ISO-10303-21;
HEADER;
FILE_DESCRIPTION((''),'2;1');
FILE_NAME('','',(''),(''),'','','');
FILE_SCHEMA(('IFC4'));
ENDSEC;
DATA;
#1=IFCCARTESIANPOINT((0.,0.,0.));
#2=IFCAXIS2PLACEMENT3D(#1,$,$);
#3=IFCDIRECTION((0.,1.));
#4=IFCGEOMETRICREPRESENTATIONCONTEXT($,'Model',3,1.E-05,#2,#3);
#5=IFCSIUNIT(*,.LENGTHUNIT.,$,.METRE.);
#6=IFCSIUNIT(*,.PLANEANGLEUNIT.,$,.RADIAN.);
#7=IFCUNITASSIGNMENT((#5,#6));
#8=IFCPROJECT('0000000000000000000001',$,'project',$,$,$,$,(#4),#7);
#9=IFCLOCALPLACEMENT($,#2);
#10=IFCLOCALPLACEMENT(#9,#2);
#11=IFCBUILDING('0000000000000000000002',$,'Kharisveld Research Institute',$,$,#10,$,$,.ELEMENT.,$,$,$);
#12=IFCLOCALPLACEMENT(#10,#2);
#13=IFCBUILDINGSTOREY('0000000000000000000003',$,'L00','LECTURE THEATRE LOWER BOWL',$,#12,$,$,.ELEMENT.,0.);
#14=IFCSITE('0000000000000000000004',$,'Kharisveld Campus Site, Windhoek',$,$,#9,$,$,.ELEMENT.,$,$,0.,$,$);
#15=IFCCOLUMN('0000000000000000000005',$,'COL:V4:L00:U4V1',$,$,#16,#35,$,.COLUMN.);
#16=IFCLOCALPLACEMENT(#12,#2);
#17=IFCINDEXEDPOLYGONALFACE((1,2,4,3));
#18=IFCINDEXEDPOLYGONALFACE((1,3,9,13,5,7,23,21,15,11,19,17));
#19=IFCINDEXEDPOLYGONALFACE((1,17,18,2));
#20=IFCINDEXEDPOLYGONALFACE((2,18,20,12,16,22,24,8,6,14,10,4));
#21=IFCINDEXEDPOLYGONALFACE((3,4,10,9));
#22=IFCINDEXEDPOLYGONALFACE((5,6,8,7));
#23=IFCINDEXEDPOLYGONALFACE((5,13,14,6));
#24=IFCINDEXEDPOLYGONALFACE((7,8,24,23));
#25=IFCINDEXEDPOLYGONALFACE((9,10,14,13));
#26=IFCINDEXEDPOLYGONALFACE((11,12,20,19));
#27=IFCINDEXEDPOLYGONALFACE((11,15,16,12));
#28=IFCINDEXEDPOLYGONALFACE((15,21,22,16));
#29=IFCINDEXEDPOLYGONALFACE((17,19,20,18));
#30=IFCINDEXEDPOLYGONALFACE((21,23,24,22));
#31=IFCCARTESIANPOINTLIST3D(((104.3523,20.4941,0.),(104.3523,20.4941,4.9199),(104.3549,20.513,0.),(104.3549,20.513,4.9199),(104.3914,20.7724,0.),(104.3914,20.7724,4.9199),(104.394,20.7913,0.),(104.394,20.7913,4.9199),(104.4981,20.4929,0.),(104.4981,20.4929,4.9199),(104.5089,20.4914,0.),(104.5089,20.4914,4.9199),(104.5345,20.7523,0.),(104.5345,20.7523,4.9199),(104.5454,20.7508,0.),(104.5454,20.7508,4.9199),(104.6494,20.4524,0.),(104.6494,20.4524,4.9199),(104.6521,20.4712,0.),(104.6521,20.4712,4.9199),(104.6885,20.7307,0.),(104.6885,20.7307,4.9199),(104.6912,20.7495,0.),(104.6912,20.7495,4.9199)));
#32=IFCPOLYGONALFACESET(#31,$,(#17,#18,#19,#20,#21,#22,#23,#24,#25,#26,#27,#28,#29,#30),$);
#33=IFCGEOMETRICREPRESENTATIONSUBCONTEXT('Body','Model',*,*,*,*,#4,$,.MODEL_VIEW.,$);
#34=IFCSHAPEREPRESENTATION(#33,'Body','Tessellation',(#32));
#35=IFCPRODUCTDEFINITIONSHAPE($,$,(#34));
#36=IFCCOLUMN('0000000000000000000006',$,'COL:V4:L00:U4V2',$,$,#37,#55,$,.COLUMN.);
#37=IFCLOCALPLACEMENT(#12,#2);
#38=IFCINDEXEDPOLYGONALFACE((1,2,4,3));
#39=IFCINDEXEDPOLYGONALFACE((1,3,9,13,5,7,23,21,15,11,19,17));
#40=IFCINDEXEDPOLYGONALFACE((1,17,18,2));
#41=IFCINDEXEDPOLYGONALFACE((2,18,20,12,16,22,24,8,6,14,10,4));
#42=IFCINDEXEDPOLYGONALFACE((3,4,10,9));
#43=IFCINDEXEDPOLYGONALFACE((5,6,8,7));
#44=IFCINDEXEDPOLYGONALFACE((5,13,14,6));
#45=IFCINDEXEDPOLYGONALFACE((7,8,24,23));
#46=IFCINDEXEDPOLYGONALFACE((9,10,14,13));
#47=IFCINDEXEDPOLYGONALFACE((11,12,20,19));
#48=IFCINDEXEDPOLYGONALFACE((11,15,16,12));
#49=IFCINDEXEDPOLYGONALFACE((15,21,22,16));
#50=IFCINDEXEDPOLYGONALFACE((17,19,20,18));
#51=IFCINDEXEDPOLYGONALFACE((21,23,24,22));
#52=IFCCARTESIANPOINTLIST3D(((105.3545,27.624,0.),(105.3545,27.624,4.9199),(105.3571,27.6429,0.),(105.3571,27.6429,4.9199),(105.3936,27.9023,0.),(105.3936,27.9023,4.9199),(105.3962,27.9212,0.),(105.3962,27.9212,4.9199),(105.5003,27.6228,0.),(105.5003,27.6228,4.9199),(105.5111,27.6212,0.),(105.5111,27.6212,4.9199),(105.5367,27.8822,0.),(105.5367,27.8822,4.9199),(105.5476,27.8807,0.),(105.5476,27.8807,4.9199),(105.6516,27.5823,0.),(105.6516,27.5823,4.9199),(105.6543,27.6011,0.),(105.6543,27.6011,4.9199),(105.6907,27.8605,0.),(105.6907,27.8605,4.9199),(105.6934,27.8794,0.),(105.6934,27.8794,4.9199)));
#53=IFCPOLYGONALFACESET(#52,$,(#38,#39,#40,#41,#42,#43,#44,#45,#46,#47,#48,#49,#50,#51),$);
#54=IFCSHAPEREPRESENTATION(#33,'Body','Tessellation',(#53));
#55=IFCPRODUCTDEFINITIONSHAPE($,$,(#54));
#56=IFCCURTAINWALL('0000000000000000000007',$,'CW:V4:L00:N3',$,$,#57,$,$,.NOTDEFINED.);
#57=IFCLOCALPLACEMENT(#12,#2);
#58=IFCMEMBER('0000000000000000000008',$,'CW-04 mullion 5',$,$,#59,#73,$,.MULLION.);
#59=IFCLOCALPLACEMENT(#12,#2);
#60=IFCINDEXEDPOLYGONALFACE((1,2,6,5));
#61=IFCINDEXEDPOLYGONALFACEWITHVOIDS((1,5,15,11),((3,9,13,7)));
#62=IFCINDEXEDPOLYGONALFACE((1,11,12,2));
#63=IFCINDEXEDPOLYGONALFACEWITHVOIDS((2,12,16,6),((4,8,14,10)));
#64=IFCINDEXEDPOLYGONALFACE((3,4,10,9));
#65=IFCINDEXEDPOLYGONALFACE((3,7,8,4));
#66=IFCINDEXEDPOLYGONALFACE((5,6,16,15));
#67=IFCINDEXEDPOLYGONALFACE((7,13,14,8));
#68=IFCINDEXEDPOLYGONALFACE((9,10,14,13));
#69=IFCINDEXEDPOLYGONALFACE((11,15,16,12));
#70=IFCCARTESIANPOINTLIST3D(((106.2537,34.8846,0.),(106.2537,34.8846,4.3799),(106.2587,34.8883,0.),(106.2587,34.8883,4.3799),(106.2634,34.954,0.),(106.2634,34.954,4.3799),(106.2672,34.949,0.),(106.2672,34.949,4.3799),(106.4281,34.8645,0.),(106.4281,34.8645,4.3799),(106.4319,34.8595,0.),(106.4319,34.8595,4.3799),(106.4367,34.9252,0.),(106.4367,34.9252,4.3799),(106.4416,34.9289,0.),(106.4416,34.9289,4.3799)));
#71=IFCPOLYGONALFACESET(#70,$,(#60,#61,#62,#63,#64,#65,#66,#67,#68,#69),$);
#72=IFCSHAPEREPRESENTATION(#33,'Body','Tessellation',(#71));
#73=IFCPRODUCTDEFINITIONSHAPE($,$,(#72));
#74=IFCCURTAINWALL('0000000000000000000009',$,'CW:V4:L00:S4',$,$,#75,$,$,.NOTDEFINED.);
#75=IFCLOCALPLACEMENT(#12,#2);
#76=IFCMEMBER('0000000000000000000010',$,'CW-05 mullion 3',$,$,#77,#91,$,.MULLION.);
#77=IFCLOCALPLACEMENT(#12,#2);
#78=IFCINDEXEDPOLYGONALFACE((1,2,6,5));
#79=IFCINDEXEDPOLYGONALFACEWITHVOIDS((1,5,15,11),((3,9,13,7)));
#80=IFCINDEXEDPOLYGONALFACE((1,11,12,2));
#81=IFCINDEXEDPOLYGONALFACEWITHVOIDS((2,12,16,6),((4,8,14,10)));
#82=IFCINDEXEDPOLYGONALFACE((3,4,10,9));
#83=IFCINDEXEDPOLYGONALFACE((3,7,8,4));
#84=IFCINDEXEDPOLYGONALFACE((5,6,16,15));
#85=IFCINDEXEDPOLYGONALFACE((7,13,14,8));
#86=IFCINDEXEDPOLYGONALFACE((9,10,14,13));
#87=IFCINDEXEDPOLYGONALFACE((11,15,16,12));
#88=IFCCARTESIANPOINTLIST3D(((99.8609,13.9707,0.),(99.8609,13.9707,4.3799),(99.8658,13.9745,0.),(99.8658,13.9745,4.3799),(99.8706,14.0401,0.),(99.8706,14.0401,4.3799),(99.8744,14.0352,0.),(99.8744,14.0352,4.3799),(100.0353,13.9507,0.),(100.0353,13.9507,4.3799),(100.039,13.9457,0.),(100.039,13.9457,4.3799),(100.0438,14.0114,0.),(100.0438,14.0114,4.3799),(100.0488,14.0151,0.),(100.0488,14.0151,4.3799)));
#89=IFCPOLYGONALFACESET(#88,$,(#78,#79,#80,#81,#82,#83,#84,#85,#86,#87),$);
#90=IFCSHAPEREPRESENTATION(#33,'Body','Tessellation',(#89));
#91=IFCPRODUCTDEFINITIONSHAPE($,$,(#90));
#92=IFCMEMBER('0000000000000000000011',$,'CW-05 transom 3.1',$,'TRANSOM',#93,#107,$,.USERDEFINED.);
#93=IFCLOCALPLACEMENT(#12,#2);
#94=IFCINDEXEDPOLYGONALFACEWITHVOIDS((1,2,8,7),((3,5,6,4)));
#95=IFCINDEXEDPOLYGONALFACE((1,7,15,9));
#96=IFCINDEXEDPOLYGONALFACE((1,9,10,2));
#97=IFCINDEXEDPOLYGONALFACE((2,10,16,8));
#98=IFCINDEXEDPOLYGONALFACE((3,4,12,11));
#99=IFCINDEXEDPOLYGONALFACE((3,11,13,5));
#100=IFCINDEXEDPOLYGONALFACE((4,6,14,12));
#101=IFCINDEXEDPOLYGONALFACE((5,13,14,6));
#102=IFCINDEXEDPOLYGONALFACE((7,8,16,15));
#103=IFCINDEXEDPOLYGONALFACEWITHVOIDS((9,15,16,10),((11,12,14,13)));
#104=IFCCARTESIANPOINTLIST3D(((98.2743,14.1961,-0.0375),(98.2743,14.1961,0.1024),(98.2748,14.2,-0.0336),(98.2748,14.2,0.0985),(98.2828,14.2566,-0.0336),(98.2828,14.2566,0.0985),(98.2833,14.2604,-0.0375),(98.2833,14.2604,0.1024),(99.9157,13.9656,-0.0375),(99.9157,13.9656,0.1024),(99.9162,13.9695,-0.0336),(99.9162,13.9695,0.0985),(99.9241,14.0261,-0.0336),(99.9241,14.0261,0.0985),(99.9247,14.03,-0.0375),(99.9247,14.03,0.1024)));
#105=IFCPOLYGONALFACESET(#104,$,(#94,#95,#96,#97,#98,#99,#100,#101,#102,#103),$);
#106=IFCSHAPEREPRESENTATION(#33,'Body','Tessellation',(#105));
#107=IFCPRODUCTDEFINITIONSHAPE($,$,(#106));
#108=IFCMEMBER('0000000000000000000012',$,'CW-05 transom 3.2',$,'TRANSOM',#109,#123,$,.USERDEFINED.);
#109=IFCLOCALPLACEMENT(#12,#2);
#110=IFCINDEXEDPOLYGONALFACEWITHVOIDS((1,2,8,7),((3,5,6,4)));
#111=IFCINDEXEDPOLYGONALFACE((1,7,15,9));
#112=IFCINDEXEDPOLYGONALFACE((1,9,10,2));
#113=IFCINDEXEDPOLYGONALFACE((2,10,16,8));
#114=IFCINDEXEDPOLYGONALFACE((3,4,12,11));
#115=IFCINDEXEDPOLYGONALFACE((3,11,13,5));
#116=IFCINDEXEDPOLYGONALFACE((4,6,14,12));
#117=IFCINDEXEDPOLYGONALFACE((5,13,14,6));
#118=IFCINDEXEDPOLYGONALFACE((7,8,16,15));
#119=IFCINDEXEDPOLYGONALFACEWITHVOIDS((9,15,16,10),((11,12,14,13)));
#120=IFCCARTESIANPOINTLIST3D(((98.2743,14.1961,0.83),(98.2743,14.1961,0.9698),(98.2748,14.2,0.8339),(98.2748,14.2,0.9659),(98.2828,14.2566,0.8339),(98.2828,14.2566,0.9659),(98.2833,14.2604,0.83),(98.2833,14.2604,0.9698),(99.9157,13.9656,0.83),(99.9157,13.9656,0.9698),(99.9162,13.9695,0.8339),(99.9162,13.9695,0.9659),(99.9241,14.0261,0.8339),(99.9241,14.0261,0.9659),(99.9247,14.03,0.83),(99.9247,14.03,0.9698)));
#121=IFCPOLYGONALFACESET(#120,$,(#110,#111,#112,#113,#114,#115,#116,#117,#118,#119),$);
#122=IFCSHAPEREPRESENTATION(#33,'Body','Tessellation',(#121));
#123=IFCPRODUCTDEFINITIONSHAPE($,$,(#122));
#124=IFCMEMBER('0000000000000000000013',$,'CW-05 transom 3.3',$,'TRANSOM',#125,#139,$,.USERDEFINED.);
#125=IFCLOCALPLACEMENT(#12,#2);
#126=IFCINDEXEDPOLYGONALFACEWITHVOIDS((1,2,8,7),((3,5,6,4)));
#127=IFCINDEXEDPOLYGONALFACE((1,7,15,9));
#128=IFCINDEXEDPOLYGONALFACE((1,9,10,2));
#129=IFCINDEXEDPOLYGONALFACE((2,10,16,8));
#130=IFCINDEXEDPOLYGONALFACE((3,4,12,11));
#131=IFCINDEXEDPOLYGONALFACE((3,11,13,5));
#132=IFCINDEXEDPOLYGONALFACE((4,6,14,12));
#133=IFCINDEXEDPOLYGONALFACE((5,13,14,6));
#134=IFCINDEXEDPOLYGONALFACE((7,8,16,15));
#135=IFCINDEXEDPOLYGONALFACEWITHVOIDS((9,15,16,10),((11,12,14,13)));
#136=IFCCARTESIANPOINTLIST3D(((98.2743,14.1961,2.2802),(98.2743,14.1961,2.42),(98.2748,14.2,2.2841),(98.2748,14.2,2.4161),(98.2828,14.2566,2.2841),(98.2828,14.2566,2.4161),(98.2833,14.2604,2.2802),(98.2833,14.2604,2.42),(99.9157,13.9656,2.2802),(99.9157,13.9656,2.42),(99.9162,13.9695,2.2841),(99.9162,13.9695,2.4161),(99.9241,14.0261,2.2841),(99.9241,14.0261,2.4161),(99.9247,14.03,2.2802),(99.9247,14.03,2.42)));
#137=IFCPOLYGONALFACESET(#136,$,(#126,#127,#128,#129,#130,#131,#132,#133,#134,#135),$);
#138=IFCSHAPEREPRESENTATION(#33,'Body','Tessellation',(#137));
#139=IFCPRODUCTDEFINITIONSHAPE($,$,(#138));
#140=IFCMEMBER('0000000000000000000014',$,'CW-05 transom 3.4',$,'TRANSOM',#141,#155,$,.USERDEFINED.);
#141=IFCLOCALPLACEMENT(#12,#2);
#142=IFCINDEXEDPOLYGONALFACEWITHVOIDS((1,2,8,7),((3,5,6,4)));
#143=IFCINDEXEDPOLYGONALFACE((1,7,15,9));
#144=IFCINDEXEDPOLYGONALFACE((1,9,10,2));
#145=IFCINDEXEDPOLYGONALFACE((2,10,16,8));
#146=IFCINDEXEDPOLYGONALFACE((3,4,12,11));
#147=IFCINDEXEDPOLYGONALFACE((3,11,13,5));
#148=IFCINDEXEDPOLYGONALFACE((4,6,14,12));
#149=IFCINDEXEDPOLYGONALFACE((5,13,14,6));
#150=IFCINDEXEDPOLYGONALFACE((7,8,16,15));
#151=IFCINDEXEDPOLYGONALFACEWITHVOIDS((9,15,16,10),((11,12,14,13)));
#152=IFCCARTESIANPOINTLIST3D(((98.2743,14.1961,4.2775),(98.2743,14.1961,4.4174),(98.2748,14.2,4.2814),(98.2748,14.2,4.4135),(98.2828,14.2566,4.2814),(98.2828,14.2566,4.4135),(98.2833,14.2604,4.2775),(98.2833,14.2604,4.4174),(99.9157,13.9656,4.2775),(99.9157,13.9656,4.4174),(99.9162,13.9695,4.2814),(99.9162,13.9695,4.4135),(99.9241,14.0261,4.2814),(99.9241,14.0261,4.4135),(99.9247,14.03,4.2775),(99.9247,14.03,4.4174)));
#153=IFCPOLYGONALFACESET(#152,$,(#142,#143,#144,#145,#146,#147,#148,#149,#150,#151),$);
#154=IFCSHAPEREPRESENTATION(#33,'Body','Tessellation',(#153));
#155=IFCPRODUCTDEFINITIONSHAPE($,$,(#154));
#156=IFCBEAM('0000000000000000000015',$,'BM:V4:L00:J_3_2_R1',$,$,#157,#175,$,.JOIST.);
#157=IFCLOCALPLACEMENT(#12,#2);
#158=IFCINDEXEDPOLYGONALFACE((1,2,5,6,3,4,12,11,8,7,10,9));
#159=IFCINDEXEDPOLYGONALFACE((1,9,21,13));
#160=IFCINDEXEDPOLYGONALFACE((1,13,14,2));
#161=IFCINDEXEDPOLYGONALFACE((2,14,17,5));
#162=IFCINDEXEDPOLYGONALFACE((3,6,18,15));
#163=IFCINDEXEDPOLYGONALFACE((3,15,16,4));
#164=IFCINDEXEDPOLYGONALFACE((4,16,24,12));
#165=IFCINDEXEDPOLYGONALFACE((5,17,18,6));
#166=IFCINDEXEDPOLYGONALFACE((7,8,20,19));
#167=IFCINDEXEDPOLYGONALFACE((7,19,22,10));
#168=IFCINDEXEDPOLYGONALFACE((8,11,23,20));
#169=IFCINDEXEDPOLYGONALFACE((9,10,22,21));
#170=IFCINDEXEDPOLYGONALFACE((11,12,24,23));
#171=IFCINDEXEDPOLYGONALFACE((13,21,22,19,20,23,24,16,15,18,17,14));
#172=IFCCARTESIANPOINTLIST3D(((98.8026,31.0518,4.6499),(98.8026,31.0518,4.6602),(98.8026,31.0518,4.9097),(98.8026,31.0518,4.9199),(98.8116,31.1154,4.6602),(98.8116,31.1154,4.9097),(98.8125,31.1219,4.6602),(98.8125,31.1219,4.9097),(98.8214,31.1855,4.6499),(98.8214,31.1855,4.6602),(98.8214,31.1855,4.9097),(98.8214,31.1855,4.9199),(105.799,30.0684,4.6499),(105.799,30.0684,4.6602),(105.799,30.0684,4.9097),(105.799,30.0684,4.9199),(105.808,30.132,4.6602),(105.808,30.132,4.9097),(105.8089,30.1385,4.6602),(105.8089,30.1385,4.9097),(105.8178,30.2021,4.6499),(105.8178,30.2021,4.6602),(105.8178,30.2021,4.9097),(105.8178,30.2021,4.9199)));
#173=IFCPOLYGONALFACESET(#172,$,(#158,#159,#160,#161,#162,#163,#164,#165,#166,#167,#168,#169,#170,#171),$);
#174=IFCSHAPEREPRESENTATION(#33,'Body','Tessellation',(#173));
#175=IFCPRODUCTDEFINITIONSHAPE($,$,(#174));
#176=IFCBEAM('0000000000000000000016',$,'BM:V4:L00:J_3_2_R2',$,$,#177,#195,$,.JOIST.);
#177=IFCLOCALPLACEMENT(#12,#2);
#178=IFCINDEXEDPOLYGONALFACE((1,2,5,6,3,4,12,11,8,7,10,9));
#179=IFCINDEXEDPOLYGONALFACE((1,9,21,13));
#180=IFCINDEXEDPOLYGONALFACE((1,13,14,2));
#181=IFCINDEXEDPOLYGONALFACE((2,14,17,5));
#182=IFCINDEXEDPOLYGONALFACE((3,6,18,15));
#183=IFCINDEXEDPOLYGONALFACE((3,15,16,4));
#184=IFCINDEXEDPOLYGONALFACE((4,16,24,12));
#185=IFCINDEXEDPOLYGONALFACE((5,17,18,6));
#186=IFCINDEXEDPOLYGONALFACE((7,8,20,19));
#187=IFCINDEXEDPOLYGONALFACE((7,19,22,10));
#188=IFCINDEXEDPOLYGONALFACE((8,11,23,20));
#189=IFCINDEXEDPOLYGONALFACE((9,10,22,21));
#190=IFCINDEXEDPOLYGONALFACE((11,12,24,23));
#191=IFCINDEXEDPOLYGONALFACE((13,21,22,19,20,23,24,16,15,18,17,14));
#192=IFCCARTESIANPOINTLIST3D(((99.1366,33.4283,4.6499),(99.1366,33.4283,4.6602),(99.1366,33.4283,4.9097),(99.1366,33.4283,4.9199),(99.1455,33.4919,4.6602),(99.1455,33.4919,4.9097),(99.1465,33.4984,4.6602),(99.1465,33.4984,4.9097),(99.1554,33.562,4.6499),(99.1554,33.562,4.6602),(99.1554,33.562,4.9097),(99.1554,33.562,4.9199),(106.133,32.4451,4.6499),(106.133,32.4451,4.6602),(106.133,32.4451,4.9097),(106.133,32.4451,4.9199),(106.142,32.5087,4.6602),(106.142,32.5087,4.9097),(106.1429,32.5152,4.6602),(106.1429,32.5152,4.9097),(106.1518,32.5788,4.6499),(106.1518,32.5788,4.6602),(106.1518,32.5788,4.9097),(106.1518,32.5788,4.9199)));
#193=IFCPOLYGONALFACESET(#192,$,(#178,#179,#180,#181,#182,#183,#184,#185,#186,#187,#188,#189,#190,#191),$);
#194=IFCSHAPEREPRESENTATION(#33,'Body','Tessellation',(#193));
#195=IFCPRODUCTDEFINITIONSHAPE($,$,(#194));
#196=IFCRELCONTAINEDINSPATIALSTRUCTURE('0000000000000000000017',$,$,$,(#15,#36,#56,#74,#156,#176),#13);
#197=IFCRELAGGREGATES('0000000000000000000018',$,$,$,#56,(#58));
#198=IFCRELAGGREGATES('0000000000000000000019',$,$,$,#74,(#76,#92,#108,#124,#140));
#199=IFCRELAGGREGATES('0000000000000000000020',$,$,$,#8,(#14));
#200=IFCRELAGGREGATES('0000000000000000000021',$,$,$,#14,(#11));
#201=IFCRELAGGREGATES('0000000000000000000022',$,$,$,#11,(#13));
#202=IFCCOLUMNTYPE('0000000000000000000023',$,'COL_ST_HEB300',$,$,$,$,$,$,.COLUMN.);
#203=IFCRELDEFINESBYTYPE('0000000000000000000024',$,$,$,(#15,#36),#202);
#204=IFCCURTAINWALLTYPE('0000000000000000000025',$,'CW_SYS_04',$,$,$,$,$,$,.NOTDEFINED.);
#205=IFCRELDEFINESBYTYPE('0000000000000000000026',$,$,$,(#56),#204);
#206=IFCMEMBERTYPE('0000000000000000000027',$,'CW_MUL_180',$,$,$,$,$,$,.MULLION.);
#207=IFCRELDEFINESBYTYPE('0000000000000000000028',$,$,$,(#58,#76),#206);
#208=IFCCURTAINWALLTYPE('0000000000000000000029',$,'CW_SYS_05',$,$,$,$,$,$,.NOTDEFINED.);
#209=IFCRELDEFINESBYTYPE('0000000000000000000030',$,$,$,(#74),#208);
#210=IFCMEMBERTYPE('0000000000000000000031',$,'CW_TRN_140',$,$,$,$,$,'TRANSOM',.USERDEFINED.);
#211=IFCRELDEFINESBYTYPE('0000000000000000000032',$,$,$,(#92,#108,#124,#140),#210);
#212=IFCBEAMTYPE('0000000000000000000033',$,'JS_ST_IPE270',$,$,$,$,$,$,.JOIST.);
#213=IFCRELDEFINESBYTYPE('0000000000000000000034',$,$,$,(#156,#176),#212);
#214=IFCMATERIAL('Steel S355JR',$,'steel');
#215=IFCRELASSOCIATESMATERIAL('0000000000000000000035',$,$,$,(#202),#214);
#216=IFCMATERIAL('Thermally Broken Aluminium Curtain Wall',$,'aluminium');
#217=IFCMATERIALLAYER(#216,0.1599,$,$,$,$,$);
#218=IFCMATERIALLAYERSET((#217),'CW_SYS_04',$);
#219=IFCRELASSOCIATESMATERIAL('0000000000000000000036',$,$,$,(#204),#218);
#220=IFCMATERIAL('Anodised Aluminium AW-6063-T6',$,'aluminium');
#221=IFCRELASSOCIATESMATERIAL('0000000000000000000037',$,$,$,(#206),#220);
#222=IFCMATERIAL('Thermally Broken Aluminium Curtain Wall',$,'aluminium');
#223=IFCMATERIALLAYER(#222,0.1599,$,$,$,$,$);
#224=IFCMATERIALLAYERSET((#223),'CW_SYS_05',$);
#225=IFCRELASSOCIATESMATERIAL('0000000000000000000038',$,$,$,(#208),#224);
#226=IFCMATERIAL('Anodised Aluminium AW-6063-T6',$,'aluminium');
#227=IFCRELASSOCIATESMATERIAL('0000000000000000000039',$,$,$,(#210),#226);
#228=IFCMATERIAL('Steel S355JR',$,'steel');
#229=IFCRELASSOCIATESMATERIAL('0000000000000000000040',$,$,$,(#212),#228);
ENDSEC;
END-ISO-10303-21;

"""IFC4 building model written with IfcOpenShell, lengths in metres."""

from ifc_helpers import new_model, si_unit, direction, frame, origin, origin_2d, place, context, subcontext, project, spatial, hollow_rectangle, i_section, extrude, material, layer, layer_set, material_profile, profile_set, type_object, element, aggregate, save


model = new_model("IFC4")

# Units and contexts
model_context = context("Model", 3, precision=1e-05, world=origin(), true_north=direction((0.0, 1.0)))
body_context = subcontext(model_context, "Body", "Model", "MODEL_VIEW")
ifc_project = project(units=[si_unit("LENGTHUNIT", "METRE"), si_unit("PLANEANGLEUNIT", "RADIAN")], contexts=[model_context])

# Site, building, storey
site_placement = place(None, origin())
site = spatial("IfcSite", under=ifc_project, at=site_placement, Name="Kharisveld Campus Site, Windhoek", CompositionType="ELEMENT", RefElevation=0.0)
building_placement = place(site_placement, origin())
building = spatial("IfcBuilding", under=site, at=building_placement, Name="Kharisveld Research Institute", CompositionType="ELEMENT")
storey_placement = place(building_placement, origin())
storey = spatial("IfcBuildingStorey", under=building, at=storey_placement, Name="L00", Description="LECTURE THEATRE LOWER BOWL", CompositionType="ELEMENT", Elevation=0.0)

# Columns
ifc_material_1 = material(Name="Steel S355JR", Category="steel")
ifc_material_profile_1 = material_profile(ifc_material_1, i_section(OverallWidth=0.3, OverallDepth=0.3, WebThickness=0.011, FlangeThickness=0.019, at=origin_2d()))
ifc_profile_set_1 = profile_set([ifc_material_profile_1], Name="Steel S355JR")
column_type = type_object("IfcColumnType", Name="COL_ST_HEB300", PredefinedType="COLUMN", material=ifc_profile_set_1)
for number, where, z_axis, x_axis, name in (
    (1, (104.5217, 20.6218, 0.0), (0.0, 0.0, 1.0), (0.990268, -0.139173, 0.0), "COL:V4:L00:U4V1"),
    (2, (105.5239, 27.7517, 0.0), (0.0, 0.0, 1.0), (0.990268, -0.139173, 0.0), "COL:V4:L00:U4V2"),
):
    element("IfcColumn", number, at=place(storey_placement, frame(where, z_axis=z_axis, x_axis=x_axis)), inside=storey, type_object=column_type, Name=name, PredefinedType="COLUMN", context=body_context, shape_type="SweptSolid", body=[
        extrude(i_section(OverallWidth=0.3, OverallDepth=0.3, WebThickness=0.011, FlangeThickness=0.019, at=origin_2d()), origin(), (0.0, 0.0, 1.0), 4.9199),
    ])

# Curtain wall, member
ifc_material_2 = material(Name="Thermally Broken Aluminium Curtain Wall", Category="aluminium")
ifc_layer_1 = layer(ifc_material_2, 0.1599)
ifc_layer_set_1 = layer_set([ifc_layer_1], Name="CW_SYS_04")
curtain_wall_type_1 = type_object("IfcCurtainWallType", Name="CW_SYS_04", PredefinedType="NOTDEFINED", material=ifc_layer_set_1)
curtain_wall_1_placement = place(storey_placement, origin())
curtain_wall_1 = element("IfcCurtainWall", 3, at=curtain_wall_1_placement, inside=storey, type_object=curtain_wall_type_1, Name="CW:V4:L00:N3", PredefinedType="NOTDEFINED")
ifc_material_3 = material(Name="Anodised Aluminium AW-6063-T6", Category="aluminium")
ifc_material_profile_2 = material_profile(ifc_material_3, hollow_rectangle(XDim=0.0701, YDim=0.1799, WallThickness=0.0044, at=origin_2d()))
ifc_profile_set_2 = profile_set([ifc_material_profile_2], Name="Anodised Aluminium AW-6063-T6")
member_type_1 = type_object("IfcMemberType", Name="CW_MUL_180", PredefinedType="MULLION", material=ifc_profile_set_2)
member_1_placement = place(storey_placement, frame((106.3477, 34.9067, 0.0), z_axis=(0.0, 0.0, 1.0), x_axis=(0.139173, 0.990268, 0.0)))
member_1 = element("IfcMember", 4, at=member_1_placement, type_object=member_type_1, Name="CW-04 mullion 5", PredefinedType="MULLION", context=body_context, shape_type="SweptSolid", body=[
    extrude(hollow_rectangle(XDim=0.0701, YDim=0.1799, WallThickness=0.0044, at=origin_2d()), origin(), (0.0, 0.0, 1.0), 4.3799),
])

# Curtain wall, members
ifc_material_4 = material(Name="Thermally Broken Aluminium Curtain Wall", Category="aluminium")
ifc_layer_2 = layer(ifc_material_4, 0.1599)
ifc_layer_set_2 = layer_set([ifc_layer_2], Name="CW_SYS_05")
curtain_wall_type_2 = type_object("IfcCurtainWallType", Name="CW_SYS_05", PredefinedType="NOTDEFINED", material=ifc_layer_set_2)
curtain_wall_2_placement = place(storey_placement, origin())
curtain_wall_2 = element("IfcCurtainWall", 5, at=curtain_wall_2_placement, inside=storey, type_object=curtain_wall_type_2, Name="CW:V4:L00:S4", PredefinedType="NOTDEFINED")
member_2_placement = place(storey_placement, frame((99.9548, 13.9929, 0.0), z_axis=(0.0, 0.0, 1.0), x_axis=(-0.139173, -0.990268, 0.0)))
member_2 = element("IfcMember", 6, at=member_2_placement, type_object=member_type_1, Name="CW-05 mullion 3", PredefinedType="MULLION", context=body_context, shape_type="SweptSolid", body=[
    extrude(hollow_rectangle(XDim=0.0701, YDim=0.1799, WallThickness=0.0044, at=origin_2d()), origin(), (0.0, 0.0, 1.0), 4.3799),
])
ifc_material_5 = material(Name="Anodised Aluminium AW-6063-T6", Category="aluminium")
ifc_material_profile_3 = material_profile(ifc_material_5, hollow_rectangle(XDim=0.0649, YDim=0.1399, WallThickness=0.0039, at=origin_2d()))
ifc_profile_set_3 = profile_set([ifc_material_profile_3], Name="Anodised Aluminium AW-6063-T6")
member_type_2 = type_object("IfcMemberType", Name="CW_TRN_140", ElementType="TRANSOM", PredefinedType="USERDEFINED", material=ifc_profile_set_3)
member_3_placement = place(storey_placement, frame((99.9202, 13.9978, 0.0325), z_axis=(-0.990285, 0.139049, 0.0), x_axis=(-0.139049, -0.990285, 0.0)))
member_3 = element("IfcMember", 7, at=member_3_placement, type_object=member_type_2, Name="CW-05 transom 3.1", ObjectType="TRANSOM", PredefinedType="USERDEFINED", context=body_context, shape_type="SweptSolid", body=[
    extrude(hollow_rectangle(XDim=0.0649, YDim=0.1399, WallThickness=0.0039, at=origin_2d()), origin(), (0.0, 0.0, 1.0), 1.6575),
])
member_4_placement = place(storey_placement, frame((99.9202, 13.9978, 0.8999), z_axis=(-0.990285, 0.139049, 0.0), x_axis=(-0.139049, -0.990285, 0.0)))
member_4 = element("IfcMember", 8, at=member_4_placement, type_object=member_type_2, Name="CW-05 transom 3.2", ObjectType="TRANSOM", PredefinedType="USERDEFINED", context=body_context, shape_type="SweptSolid", body=[
    extrude(hollow_rectangle(XDim=0.0649, YDim=0.1399, WallThickness=0.0039, at=origin_2d()), origin(), (0.0, 0.0, 1.0), 1.6575),
])
member_5_placement = place(storey_placement, frame((99.9202, 13.9978, 2.3501), z_axis=(-0.990285, 0.139049, 0.0), x_axis=(-0.139049, -0.990285, 0.0)))
member_5 = element("IfcMember", 9, at=member_5_placement, type_object=member_type_2, Name="CW-05 transom 3.3", ObjectType="TRANSOM", PredefinedType="USERDEFINED", context=body_context, shape_type="SweptSolid", body=[
    extrude(hollow_rectangle(XDim=0.0649, YDim=0.1399, WallThickness=0.0039, at=origin_2d()), origin(), (0.0, 0.0, 1.0), 1.6575),
])
member_6_placement = place(storey_placement, frame((99.9202, 13.9978, 4.3474), z_axis=(-0.990285, 0.139049, 0.0), x_axis=(-0.139049, -0.990285, 0.0)))
member_6 = element("IfcMember", 10, at=member_6_placement, type_object=member_type_2, Name="CW-05 transom 3.4", ObjectType="TRANSOM", PredefinedType="USERDEFINED", context=body_context, shape_type="SweptSolid", body=[
    extrude(hollow_rectangle(XDim=0.0649, YDim=0.1399, WallThickness=0.0039, at=origin_2d()), origin(), (0.0, 0.0, 1.0), 1.6575),
])

# Beams
ifc_material_6 = material(Name="Steel S355JR", Category="steel")
ifc_material_profile_4 = material_profile(ifc_material_6, i_section(OverallWidth=0.135, OverallDepth=0.27, WebThickness=0.0066, FlangeThickness=0.0103, at=origin_2d()))
ifc_profile_set_4 = profile_set([ifc_material_profile_4], Name="Steel S355JR")
beam_type_1 = type_object("IfcBeamType", Name="JS_ST_IPE270", PredefinedType="JOIST", material=ifc_profile_set_4)
for number, where, z_axis, x_axis, name in (
    (11, (98.812, 31.1187, 4.7849), (0.990266, -0.139191, 0.0), (0.139191, 0.990266, 0.0), "BM:V4:L00:J_3_2_R1"),
    (12, (99.146, 33.4951, 4.7849), (0.99027, -0.139157, 0.0), (0.139157, 0.99027, 0.0), "BM:V4:L00:J_3_2_R2"),
):
    element("IfcBeam", number, at=place(storey_placement, frame(where, z_axis=z_axis, x_axis=x_axis)), inside=storey, type_object=beam_type_1, Name=name, PredefinedType="JOIST", context=body_context, shape_type="SweptSolid", body=[
        extrude(i_section(OverallWidth=0.135, OverallDepth=0.27, WebThickness=0.0066, FlangeThickness=0.0103, at=origin_2d()), origin(), (0.0, 0.0, 1.0), 7.0652),
    ])

aggregate(curtain_wall_1, [member_1])
aggregate(curtain_wall_2, [member_2, member_3, member_4, member_5, member_6])

save(model, "model.ifc")
